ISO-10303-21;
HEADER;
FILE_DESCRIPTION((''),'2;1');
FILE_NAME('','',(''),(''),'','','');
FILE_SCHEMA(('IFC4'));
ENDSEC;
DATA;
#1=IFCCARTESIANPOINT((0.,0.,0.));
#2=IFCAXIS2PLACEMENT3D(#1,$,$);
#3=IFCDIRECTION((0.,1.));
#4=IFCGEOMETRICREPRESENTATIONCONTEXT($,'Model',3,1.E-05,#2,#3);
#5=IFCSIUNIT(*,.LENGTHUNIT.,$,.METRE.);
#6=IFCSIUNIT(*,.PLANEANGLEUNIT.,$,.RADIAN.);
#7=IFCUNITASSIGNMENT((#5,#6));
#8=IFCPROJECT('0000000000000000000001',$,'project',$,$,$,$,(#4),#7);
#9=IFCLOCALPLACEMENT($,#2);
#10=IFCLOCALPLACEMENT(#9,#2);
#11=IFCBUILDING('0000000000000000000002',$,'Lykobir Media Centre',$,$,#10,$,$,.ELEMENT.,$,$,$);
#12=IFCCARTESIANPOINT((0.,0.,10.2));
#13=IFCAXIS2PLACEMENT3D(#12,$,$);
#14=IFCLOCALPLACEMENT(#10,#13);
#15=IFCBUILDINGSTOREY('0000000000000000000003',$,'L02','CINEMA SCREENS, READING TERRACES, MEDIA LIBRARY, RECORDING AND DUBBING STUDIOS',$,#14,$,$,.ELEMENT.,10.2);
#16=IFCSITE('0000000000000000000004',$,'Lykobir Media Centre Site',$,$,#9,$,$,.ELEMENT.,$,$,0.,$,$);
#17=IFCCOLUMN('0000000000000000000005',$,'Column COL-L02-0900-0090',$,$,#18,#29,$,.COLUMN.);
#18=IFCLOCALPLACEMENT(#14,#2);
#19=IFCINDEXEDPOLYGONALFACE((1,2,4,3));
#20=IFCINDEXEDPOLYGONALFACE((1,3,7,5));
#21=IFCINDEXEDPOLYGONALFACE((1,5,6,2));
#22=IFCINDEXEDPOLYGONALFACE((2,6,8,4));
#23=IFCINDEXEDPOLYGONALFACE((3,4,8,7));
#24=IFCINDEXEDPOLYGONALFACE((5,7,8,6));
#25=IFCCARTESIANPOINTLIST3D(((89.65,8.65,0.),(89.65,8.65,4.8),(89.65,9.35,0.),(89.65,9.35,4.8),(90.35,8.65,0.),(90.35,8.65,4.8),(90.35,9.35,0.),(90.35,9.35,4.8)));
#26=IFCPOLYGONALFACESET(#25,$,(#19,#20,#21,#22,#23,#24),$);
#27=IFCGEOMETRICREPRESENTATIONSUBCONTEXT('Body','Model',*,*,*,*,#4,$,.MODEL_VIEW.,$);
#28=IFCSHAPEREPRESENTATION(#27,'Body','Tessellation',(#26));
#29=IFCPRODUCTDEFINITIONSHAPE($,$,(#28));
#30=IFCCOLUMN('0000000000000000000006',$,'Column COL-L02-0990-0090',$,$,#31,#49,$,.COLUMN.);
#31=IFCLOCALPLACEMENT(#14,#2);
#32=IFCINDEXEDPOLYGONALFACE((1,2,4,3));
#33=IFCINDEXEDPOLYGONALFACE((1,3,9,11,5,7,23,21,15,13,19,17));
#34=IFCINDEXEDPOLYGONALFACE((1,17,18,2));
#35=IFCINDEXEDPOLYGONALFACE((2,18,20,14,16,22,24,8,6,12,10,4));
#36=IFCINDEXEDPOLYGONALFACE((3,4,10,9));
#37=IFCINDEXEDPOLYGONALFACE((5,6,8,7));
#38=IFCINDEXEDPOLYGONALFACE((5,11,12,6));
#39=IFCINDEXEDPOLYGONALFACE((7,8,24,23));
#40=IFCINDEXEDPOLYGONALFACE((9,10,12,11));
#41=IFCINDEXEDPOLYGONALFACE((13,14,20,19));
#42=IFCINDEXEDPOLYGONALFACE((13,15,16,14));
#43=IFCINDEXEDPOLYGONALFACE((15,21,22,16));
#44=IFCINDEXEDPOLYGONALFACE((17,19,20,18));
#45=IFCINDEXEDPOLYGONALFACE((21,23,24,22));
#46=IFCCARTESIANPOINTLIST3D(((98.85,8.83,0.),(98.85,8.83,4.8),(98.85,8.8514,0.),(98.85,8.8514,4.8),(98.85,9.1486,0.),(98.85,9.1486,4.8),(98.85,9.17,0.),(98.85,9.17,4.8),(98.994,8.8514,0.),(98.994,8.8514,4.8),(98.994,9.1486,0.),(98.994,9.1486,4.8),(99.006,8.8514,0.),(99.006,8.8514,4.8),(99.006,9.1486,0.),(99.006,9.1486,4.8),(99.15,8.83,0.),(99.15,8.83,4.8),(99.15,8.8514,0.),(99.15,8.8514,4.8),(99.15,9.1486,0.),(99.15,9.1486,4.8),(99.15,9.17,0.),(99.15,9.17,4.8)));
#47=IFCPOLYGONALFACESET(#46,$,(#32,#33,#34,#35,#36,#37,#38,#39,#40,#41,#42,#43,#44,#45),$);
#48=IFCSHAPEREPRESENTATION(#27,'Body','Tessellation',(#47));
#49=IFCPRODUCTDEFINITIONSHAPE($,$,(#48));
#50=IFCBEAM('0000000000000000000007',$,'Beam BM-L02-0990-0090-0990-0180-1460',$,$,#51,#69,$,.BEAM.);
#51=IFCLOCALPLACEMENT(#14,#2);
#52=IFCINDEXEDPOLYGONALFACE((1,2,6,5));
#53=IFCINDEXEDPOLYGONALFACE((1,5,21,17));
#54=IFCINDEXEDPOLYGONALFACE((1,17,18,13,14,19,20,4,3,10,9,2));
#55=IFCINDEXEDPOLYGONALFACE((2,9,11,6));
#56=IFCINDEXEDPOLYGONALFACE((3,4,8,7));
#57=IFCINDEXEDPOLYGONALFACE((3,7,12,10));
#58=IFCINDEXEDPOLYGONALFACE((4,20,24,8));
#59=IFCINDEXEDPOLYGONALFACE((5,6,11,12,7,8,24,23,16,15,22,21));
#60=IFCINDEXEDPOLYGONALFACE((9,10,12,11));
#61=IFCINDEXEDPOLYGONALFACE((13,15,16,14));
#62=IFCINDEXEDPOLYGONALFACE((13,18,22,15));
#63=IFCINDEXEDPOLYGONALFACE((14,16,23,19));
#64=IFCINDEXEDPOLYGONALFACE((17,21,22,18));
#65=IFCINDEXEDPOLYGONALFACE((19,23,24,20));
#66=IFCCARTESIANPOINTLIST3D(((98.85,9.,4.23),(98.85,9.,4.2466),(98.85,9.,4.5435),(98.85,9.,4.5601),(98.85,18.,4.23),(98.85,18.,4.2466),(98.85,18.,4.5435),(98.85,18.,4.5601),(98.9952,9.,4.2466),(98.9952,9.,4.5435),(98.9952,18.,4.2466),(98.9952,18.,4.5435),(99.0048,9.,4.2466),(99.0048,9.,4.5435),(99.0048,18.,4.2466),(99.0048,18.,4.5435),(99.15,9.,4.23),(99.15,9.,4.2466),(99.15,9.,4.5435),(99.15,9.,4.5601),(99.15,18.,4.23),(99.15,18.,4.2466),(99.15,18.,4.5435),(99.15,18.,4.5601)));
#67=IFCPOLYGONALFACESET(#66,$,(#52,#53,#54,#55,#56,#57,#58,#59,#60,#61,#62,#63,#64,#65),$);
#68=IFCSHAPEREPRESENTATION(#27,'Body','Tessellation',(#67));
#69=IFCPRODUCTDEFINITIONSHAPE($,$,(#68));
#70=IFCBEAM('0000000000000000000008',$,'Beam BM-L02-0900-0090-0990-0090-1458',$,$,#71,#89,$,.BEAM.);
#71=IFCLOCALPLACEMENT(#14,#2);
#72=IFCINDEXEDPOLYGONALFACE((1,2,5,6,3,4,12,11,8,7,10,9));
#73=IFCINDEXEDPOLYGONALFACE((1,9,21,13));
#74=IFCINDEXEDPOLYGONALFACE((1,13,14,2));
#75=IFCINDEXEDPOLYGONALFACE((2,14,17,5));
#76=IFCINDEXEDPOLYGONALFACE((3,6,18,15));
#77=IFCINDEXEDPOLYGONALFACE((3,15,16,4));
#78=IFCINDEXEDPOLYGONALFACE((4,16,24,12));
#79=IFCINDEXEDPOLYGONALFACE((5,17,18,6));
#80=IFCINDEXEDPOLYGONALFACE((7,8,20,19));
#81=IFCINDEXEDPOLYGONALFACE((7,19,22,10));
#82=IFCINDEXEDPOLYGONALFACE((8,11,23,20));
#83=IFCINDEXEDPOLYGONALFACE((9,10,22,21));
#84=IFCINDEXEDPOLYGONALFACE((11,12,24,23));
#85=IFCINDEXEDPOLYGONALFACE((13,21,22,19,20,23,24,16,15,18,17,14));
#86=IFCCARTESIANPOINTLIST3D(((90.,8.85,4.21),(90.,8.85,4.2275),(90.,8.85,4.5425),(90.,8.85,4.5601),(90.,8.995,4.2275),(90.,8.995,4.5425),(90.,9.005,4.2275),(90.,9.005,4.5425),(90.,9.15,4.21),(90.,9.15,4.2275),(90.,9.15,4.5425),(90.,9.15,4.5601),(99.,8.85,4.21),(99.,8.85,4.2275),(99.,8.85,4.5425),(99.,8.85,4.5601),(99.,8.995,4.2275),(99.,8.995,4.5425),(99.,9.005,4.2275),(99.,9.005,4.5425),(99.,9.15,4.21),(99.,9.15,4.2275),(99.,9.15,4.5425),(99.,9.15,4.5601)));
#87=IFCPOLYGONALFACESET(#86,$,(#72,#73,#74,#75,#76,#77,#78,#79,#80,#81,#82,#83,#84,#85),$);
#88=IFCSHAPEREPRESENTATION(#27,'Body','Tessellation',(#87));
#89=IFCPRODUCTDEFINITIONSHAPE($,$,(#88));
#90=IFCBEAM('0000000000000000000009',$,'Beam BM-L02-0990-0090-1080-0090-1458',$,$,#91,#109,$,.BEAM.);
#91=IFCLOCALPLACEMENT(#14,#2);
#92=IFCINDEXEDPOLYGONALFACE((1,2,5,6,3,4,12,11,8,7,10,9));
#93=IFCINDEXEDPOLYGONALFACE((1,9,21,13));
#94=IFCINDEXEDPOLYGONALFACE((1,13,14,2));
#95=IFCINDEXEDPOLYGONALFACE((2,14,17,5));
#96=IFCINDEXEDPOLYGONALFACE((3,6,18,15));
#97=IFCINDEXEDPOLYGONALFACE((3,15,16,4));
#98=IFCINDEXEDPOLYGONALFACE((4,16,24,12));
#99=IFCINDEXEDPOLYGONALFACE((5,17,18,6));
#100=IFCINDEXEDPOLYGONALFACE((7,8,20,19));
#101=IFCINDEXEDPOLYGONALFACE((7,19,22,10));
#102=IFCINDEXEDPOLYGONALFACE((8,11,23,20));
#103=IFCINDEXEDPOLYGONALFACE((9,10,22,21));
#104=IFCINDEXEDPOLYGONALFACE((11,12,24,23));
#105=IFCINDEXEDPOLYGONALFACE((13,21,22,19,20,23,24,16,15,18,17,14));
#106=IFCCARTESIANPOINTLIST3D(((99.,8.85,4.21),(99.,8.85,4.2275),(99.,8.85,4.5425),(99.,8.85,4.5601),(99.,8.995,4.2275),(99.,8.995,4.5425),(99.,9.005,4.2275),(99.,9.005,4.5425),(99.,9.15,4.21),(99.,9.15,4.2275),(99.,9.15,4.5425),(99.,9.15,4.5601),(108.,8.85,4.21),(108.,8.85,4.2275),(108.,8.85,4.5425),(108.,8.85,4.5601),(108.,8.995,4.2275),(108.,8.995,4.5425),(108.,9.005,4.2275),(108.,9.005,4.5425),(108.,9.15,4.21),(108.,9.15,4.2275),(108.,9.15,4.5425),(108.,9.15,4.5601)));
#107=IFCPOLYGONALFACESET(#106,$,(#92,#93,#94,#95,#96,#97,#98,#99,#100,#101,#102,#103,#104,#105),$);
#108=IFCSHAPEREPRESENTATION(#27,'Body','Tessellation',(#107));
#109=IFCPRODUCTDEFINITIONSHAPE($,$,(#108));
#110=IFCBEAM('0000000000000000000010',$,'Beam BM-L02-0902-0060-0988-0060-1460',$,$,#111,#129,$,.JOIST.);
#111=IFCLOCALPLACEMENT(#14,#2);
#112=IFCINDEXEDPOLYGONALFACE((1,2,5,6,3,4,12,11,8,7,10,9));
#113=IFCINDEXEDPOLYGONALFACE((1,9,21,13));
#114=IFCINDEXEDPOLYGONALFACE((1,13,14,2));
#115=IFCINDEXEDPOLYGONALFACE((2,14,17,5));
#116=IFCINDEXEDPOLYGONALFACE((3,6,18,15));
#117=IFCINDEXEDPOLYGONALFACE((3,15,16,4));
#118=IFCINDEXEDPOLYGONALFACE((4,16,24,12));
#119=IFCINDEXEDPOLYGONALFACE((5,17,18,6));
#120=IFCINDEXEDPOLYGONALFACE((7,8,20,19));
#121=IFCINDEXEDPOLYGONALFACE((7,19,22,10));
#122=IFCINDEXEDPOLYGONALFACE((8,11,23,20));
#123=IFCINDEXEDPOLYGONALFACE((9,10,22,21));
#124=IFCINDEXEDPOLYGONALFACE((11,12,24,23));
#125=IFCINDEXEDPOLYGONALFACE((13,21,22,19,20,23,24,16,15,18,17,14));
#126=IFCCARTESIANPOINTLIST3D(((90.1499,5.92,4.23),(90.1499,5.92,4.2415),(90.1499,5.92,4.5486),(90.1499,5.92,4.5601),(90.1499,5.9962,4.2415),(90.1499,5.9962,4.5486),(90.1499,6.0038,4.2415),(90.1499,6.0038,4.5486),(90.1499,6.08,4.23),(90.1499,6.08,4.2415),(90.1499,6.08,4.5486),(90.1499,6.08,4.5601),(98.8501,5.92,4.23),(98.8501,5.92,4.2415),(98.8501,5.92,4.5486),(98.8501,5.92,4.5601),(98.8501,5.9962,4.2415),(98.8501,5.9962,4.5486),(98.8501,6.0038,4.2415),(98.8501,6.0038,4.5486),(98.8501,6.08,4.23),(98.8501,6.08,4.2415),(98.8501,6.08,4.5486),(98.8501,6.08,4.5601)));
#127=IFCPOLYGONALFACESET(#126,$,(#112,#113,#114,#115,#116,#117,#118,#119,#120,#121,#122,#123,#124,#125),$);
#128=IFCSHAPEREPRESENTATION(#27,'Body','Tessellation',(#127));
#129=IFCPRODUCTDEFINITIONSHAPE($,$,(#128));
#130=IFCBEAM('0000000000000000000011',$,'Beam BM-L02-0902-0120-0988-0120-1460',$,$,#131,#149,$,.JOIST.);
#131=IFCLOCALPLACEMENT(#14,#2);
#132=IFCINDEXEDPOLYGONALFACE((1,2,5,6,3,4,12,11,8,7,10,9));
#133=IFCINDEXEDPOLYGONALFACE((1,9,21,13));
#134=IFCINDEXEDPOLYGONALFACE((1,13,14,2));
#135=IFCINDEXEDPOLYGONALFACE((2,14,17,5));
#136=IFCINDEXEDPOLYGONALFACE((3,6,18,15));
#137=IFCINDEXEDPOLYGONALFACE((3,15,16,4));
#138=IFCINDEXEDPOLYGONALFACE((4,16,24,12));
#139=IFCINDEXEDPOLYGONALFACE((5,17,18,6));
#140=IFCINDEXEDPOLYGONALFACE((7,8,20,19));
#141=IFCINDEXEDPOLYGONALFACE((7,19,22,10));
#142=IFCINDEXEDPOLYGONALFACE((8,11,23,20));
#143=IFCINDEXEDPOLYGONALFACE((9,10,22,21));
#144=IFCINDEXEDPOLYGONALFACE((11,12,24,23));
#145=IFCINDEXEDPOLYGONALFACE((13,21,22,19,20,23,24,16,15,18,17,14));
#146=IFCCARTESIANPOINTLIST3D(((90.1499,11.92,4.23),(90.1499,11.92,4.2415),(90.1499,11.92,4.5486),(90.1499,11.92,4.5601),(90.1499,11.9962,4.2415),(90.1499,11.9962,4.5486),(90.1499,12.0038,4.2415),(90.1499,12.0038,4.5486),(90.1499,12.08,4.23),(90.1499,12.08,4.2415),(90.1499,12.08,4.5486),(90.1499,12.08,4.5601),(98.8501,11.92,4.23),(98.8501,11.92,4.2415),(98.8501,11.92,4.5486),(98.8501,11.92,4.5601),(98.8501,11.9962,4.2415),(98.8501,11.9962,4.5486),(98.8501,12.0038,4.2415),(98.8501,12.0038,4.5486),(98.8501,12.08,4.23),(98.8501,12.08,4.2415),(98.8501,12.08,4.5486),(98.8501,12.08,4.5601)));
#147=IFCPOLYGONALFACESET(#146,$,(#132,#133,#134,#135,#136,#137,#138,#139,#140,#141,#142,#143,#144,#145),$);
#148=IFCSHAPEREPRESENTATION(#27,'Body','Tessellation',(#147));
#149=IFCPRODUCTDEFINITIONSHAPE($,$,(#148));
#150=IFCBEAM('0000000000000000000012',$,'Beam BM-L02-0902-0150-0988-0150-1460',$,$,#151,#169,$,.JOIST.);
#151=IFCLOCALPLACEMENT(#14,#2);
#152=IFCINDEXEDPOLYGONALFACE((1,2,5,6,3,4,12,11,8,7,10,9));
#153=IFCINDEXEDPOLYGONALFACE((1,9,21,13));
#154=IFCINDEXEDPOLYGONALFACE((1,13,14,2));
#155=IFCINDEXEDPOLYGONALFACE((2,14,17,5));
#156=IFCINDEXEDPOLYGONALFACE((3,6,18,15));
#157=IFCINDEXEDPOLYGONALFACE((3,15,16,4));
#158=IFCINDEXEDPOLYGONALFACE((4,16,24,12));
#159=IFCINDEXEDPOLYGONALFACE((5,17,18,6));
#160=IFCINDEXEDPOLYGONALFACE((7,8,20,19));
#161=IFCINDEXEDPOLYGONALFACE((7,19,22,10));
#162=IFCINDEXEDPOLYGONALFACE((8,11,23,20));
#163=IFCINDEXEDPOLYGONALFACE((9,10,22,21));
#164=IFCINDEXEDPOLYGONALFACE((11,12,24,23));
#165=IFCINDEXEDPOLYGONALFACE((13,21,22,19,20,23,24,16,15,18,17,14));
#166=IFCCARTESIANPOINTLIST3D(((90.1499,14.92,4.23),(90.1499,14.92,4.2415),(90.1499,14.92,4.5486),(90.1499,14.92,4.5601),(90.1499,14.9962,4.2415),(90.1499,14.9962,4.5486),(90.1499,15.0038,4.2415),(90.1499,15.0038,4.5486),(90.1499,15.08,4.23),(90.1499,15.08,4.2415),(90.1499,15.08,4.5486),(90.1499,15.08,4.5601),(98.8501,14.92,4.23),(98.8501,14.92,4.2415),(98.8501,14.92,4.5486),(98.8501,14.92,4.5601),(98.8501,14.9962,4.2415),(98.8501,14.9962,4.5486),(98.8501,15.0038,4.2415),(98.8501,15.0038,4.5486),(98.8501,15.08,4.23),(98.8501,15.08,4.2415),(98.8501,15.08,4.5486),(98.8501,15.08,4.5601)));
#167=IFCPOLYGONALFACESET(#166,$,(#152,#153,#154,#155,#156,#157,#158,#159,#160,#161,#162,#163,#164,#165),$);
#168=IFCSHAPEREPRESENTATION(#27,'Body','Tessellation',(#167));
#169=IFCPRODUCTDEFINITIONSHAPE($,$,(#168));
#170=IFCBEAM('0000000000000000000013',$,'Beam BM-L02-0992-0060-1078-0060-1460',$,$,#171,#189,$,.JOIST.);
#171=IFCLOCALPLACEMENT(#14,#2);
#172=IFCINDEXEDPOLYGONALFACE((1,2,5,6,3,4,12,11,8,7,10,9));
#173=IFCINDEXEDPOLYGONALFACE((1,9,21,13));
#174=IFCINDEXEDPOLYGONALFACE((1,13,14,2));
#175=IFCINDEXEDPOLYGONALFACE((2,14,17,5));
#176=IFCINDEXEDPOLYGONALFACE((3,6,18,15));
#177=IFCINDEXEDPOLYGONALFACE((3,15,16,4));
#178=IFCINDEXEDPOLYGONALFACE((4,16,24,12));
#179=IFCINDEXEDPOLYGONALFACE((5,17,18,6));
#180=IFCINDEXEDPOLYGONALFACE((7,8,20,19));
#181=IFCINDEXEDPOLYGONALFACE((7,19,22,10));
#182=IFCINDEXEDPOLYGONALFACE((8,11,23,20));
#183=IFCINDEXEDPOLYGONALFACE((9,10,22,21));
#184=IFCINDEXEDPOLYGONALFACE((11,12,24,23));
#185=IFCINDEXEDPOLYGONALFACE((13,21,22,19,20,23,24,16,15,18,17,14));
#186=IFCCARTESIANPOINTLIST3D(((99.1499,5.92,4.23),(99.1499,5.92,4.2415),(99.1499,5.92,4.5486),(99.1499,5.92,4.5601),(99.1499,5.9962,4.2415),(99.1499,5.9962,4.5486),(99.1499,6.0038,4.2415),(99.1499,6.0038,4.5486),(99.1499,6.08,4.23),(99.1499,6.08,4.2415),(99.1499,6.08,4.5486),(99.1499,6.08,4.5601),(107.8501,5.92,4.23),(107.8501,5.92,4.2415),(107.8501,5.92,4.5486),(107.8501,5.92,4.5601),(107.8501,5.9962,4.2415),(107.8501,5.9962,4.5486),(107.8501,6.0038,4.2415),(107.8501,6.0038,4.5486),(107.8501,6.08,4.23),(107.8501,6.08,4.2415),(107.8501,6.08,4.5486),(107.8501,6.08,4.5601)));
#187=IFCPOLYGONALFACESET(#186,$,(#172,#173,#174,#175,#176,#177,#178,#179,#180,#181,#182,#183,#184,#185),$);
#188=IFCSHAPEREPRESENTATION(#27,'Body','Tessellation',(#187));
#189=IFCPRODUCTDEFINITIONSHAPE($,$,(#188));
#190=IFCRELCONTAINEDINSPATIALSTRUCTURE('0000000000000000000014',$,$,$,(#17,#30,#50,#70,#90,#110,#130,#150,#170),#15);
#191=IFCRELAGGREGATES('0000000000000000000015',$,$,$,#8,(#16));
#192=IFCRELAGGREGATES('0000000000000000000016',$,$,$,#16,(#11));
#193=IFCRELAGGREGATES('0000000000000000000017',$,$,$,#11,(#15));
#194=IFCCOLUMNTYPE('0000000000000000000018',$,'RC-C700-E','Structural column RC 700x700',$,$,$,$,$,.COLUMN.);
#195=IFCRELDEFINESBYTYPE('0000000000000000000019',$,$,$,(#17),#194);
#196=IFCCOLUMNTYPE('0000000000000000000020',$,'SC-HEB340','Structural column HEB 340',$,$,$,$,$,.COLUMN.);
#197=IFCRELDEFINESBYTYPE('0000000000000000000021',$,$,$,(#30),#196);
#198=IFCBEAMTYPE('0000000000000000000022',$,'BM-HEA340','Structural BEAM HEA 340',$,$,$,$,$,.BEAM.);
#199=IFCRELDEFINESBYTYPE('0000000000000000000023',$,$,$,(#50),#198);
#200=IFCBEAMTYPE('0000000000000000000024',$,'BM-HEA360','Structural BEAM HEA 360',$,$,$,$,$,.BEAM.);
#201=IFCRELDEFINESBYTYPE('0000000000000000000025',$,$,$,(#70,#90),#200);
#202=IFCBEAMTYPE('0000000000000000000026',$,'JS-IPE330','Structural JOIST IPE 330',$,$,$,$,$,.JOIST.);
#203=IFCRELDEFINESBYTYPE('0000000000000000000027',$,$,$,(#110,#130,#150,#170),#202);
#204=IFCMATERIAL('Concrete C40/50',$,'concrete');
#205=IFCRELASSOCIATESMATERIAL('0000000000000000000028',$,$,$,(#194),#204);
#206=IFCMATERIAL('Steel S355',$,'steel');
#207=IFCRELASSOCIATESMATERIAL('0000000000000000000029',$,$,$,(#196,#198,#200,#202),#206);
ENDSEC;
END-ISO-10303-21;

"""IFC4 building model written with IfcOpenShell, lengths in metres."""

from ifc_helpers import new_model, si_unit, direction, frame, origin, origin_2d, place, context, subcontext, project, spatial, rectangle, i_section, extrude, material, material_profile, profile_set, type_object, element, save


model = new_model("IFC4")

# Units and contexts
model_context = context("Model", 3, precision=1e-05, world=origin(), true_north=direction((0.0, 1.0)))
body_context = subcontext(model_context, "Body", "Model", "MODEL_VIEW")
ifc_project = project(units=[si_unit("LENGTHUNIT", "METRE"), si_unit("PLANEANGLEUNIT", "RADIAN")], contexts=[model_context])

# Site, building, storey
site_placement = place(None, origin())
site = spatial("IfcSite", under=ifc_project, at=site_placement, Name="Lykobir Media Centre Site", CompositionType="ELEMENT", RefElevation=0.0)
building_placement = place(site_placement, origin())
building = spatial("IfcBuilding", under=site, at=building_placement, Name="Lykobir Media Centre", CompositionType="ELEMENT")
storey_placement = place(building_placement, frame((0.0, 0.0, 10.2)))
storey = spatial("IfcBuildingStorey", under=building, at=storey_placement, Name="L02", Description="CINEMA SCREENS, READING TERRACES, MEDIA LIBRARY, RECORDING AND DUBBING STUDIOS", CompositionType="ELEMENT", Elevation=10.2)

# Columns
ifc_material_1 = material(Name="Concrete C40/50", Category="concrete")
ifc_material_profile_1 = material_profile(ifc_material_1, rectangle(XDim=0.7, YDim=0.7, at=origin_2d()), Name="RC 700x700")
ifc_profile_set_1 = profile_set([ifc_material_profile_1], Name="Concrete C40/50")
column_type_1 = type_object("IfcColumnType", Name="RC-C700-E", Description="Structural column RC 700x700", PredefinedType="COLUMN", material=ifc_profile_set_1)
column_1_placement = place(storey_placement, frame((90.0, 9.0, 0.0), z_axis=(0.0, 0.0, 1.0), x_axis=(1.0, 0.0, 0.0)))
element("IfcColumn", 1, at=column_1_placement, inside=storey, type_object=column_type_1, Name="Column COL-L02-0900-0090", PredefinedType="COLUMN", context=body_context, shape_type="SweptSolid", body=[
    extrude(rectangle(XDim=0.7, YDim=0.7, at=origin_2d()), origin(), (0.0, 0.0, 1.0), 4.8),
])
ifc_material_2 = material(Name="Steel S355", Category="steel")
ifc_material_profile_2 = material_profile(ifc_material_2, i_section(OverallWidth=0.3, OverallDepth=0.3401, WebThickness=0.012, FlangeThickness=0.0215, at=origin_2d()), Name="HEB 340")
ifc_profile_set_2 = profile_set([ifc_material_profile_2], Name="Steel S355")
column_type_2 = type_object("IfcColumnType", Name="SC-HEB340", Description="Structural column HEB 340", PredefinedType="COLUMN", material=ifc_profile_set_2)
column_2_placement = place(storey_placement, frame((99.0, 9.0, 0.0), z_axis=(0.0, 0.0, 1.0), x_axis=(1.0, 0.0, 0.0)))
element("IfcColumn", 2, at=column_2_placement, inside=storey, type_object=column_type_2, Name="Column COL-L02-0990-0090", PredefinedType="COLUMN", context=body_context, shape_type="SweptSolid", body=[
    extrude(i_section(OverallWidth=0.3, OverallDepth=0.3401, WebThickness=0.012, FlangeThickness=0.0215, at=origin_2d()), origin(), (0.0, 0.0, 1.0), 4.8),
])

# Beams
ifc_material_profile_3 = material_profile(ifc_material_2, i_section(OverallWidth=0.3, OverallDepth=0.3301, WebThickness=0.0095, FlangeThickness=0.0166, at=origin_2d()), Name="HEA 340")
ifc_profile_set_3 = profile_set([ifc_material_profile_3], Name="Steel S355")
beam_type_1 = type_object("IfcBeamType", Name="BM-HEA340", Description="Structural BEAM HEA 340", PredefinedType="BEAM", material=ifc_profile_set_3)
beam_1_placement = place(storey_placement, frame((99.0, 9.0, 4.395), z_axis=(0.0, 1.0, 0.0), x_axis=(-1.0, 0.0, 0.0)))
element("IfcBeam", 3, at=beam_1_placement, inside=storey, type_object=beam_type_1, Name="Beam BM-L02-0990-0090-0990-0180-1460", PredefinedType="BEAM", context=body_context, shape_type="SweptSolid", body=[
    extrude(i_section(OverallWidth=0.3, OverallDepth=0.3301, WebThickness=0.0095, FlangeThickness=0.0166, at=origin_2d()), origin(), (0.0, 0.0, 1.0), 9.0),
])
ifc_material_profile_4 = material_profile(ifc_material_2, i_section(OverallWidth=0.3, OverallDepth=0.3501, WebThickness=0.01, FlangeThickness=0.0176, at=origin_2d()), Name="HEA 360")
ifc_profile_set_4 = profile_set([ifc_material_profile_4], Name="Steel S355")
beam_type_2 = type_object("IfcBeamType", Name="BM-HEA360", Description="Structural BEAM HEA 360", PredefinedType="BEAM", material=ifc_profile_set_4)
for number, where, z_axis, x_axis, name in (
    (4, (90.0, 9.0, 4.385), (1.0, 0.0, 0.0), (0.0, 1.0, 0.0), "Beam BM-L02-0900-0090-0990-0090-1458"),
    (5, (99.0, 9.0, 4.385), (1.0, 0.0, 0.0), (0.0, 1.0, 0.0), "Beam BM-L02-0990-0090-1080-0090-1458"),
):
    element("IfcBeam", number, at=place(storey_placement, frame(where, z_axis=z_axis, x_axis=x_axis)), inside=storey, type_object=beam_type_2, Name=name, PredefinedType="BEAM", context=body_context, shape_type="SweptSolid", body=[
        extrude(i_section(OverallWidth=0.3, OverallDepth=0.3501, WebThickness=0.01, FlangeThickness=0.0176, at=origin_2d()), origin(), (0.0, 0.0, 1.0), 9.0),
    ])
ifc_material_profile_5 = material_profile(ifc_material_2, i_section(OverallWidth=0.1599, OverallDepth=0.3301, WebThickness=0.0076, FlangeThickness=0.0115, at=origin_2d()), Name="IPE 330")
ifc_profile_set_5 = profile_set([ifc_material_profile_5], Name="Steel S355")
beam_type_3 = type_object("IfcBeamType", Name="JS-IPE330", Description="Structural JOIST IPE 330", PredefinedType="JOIST", material=ifc_profile_set_5)
for number, where, z_axis, x_axis, name in (
    (6, (90.1499, 6.0, 4.395), (1.0, 0.0, 0.0), (0.0, 1.0, 0.0), "Beam BM-L02-0902-0060-0988-0060-1460"),
    (7, (90.1499, 12.0, 4.395), (1.0, 0.0, 0.0), (0.0, 1.0, 0.0), "Beam BM-L02-0902-0120-0988-0120-1460"),
    (8, (90.1499, 15.0, 4.395), (1.0, 0.0, 0.0), (0.0, 1.0, 0.0), "Beam BM-L02-0902-0150-0988-0150-1460"),
    (9, (99.1499, 6.0, 4.395), (1.0, 0.0, 0.0), (0.0, 1.0, 0.0), "Beam BM-L02-0992-0060-1078-0060-1460"),
):
    element("IfcBeam", number, at=place(storey_placement, frame(where, z_axis=z_axis, x_axis=x_axis)), inside=storey, type_object=beam_type_3, Name=name, PredefinedType="JOIST", context=body_context, shape_type="SweptSolid", body=[
        extrude(i_section(OverallWidth=0.1599, OverallDepth=0.3301, WebThickness=0.0076, FlangeThickness=0.0115, at=origin_2d()), origin(), (0.0, 0.0, 1.0), 8.7002),
    ])

save(model, "model.ifc")
